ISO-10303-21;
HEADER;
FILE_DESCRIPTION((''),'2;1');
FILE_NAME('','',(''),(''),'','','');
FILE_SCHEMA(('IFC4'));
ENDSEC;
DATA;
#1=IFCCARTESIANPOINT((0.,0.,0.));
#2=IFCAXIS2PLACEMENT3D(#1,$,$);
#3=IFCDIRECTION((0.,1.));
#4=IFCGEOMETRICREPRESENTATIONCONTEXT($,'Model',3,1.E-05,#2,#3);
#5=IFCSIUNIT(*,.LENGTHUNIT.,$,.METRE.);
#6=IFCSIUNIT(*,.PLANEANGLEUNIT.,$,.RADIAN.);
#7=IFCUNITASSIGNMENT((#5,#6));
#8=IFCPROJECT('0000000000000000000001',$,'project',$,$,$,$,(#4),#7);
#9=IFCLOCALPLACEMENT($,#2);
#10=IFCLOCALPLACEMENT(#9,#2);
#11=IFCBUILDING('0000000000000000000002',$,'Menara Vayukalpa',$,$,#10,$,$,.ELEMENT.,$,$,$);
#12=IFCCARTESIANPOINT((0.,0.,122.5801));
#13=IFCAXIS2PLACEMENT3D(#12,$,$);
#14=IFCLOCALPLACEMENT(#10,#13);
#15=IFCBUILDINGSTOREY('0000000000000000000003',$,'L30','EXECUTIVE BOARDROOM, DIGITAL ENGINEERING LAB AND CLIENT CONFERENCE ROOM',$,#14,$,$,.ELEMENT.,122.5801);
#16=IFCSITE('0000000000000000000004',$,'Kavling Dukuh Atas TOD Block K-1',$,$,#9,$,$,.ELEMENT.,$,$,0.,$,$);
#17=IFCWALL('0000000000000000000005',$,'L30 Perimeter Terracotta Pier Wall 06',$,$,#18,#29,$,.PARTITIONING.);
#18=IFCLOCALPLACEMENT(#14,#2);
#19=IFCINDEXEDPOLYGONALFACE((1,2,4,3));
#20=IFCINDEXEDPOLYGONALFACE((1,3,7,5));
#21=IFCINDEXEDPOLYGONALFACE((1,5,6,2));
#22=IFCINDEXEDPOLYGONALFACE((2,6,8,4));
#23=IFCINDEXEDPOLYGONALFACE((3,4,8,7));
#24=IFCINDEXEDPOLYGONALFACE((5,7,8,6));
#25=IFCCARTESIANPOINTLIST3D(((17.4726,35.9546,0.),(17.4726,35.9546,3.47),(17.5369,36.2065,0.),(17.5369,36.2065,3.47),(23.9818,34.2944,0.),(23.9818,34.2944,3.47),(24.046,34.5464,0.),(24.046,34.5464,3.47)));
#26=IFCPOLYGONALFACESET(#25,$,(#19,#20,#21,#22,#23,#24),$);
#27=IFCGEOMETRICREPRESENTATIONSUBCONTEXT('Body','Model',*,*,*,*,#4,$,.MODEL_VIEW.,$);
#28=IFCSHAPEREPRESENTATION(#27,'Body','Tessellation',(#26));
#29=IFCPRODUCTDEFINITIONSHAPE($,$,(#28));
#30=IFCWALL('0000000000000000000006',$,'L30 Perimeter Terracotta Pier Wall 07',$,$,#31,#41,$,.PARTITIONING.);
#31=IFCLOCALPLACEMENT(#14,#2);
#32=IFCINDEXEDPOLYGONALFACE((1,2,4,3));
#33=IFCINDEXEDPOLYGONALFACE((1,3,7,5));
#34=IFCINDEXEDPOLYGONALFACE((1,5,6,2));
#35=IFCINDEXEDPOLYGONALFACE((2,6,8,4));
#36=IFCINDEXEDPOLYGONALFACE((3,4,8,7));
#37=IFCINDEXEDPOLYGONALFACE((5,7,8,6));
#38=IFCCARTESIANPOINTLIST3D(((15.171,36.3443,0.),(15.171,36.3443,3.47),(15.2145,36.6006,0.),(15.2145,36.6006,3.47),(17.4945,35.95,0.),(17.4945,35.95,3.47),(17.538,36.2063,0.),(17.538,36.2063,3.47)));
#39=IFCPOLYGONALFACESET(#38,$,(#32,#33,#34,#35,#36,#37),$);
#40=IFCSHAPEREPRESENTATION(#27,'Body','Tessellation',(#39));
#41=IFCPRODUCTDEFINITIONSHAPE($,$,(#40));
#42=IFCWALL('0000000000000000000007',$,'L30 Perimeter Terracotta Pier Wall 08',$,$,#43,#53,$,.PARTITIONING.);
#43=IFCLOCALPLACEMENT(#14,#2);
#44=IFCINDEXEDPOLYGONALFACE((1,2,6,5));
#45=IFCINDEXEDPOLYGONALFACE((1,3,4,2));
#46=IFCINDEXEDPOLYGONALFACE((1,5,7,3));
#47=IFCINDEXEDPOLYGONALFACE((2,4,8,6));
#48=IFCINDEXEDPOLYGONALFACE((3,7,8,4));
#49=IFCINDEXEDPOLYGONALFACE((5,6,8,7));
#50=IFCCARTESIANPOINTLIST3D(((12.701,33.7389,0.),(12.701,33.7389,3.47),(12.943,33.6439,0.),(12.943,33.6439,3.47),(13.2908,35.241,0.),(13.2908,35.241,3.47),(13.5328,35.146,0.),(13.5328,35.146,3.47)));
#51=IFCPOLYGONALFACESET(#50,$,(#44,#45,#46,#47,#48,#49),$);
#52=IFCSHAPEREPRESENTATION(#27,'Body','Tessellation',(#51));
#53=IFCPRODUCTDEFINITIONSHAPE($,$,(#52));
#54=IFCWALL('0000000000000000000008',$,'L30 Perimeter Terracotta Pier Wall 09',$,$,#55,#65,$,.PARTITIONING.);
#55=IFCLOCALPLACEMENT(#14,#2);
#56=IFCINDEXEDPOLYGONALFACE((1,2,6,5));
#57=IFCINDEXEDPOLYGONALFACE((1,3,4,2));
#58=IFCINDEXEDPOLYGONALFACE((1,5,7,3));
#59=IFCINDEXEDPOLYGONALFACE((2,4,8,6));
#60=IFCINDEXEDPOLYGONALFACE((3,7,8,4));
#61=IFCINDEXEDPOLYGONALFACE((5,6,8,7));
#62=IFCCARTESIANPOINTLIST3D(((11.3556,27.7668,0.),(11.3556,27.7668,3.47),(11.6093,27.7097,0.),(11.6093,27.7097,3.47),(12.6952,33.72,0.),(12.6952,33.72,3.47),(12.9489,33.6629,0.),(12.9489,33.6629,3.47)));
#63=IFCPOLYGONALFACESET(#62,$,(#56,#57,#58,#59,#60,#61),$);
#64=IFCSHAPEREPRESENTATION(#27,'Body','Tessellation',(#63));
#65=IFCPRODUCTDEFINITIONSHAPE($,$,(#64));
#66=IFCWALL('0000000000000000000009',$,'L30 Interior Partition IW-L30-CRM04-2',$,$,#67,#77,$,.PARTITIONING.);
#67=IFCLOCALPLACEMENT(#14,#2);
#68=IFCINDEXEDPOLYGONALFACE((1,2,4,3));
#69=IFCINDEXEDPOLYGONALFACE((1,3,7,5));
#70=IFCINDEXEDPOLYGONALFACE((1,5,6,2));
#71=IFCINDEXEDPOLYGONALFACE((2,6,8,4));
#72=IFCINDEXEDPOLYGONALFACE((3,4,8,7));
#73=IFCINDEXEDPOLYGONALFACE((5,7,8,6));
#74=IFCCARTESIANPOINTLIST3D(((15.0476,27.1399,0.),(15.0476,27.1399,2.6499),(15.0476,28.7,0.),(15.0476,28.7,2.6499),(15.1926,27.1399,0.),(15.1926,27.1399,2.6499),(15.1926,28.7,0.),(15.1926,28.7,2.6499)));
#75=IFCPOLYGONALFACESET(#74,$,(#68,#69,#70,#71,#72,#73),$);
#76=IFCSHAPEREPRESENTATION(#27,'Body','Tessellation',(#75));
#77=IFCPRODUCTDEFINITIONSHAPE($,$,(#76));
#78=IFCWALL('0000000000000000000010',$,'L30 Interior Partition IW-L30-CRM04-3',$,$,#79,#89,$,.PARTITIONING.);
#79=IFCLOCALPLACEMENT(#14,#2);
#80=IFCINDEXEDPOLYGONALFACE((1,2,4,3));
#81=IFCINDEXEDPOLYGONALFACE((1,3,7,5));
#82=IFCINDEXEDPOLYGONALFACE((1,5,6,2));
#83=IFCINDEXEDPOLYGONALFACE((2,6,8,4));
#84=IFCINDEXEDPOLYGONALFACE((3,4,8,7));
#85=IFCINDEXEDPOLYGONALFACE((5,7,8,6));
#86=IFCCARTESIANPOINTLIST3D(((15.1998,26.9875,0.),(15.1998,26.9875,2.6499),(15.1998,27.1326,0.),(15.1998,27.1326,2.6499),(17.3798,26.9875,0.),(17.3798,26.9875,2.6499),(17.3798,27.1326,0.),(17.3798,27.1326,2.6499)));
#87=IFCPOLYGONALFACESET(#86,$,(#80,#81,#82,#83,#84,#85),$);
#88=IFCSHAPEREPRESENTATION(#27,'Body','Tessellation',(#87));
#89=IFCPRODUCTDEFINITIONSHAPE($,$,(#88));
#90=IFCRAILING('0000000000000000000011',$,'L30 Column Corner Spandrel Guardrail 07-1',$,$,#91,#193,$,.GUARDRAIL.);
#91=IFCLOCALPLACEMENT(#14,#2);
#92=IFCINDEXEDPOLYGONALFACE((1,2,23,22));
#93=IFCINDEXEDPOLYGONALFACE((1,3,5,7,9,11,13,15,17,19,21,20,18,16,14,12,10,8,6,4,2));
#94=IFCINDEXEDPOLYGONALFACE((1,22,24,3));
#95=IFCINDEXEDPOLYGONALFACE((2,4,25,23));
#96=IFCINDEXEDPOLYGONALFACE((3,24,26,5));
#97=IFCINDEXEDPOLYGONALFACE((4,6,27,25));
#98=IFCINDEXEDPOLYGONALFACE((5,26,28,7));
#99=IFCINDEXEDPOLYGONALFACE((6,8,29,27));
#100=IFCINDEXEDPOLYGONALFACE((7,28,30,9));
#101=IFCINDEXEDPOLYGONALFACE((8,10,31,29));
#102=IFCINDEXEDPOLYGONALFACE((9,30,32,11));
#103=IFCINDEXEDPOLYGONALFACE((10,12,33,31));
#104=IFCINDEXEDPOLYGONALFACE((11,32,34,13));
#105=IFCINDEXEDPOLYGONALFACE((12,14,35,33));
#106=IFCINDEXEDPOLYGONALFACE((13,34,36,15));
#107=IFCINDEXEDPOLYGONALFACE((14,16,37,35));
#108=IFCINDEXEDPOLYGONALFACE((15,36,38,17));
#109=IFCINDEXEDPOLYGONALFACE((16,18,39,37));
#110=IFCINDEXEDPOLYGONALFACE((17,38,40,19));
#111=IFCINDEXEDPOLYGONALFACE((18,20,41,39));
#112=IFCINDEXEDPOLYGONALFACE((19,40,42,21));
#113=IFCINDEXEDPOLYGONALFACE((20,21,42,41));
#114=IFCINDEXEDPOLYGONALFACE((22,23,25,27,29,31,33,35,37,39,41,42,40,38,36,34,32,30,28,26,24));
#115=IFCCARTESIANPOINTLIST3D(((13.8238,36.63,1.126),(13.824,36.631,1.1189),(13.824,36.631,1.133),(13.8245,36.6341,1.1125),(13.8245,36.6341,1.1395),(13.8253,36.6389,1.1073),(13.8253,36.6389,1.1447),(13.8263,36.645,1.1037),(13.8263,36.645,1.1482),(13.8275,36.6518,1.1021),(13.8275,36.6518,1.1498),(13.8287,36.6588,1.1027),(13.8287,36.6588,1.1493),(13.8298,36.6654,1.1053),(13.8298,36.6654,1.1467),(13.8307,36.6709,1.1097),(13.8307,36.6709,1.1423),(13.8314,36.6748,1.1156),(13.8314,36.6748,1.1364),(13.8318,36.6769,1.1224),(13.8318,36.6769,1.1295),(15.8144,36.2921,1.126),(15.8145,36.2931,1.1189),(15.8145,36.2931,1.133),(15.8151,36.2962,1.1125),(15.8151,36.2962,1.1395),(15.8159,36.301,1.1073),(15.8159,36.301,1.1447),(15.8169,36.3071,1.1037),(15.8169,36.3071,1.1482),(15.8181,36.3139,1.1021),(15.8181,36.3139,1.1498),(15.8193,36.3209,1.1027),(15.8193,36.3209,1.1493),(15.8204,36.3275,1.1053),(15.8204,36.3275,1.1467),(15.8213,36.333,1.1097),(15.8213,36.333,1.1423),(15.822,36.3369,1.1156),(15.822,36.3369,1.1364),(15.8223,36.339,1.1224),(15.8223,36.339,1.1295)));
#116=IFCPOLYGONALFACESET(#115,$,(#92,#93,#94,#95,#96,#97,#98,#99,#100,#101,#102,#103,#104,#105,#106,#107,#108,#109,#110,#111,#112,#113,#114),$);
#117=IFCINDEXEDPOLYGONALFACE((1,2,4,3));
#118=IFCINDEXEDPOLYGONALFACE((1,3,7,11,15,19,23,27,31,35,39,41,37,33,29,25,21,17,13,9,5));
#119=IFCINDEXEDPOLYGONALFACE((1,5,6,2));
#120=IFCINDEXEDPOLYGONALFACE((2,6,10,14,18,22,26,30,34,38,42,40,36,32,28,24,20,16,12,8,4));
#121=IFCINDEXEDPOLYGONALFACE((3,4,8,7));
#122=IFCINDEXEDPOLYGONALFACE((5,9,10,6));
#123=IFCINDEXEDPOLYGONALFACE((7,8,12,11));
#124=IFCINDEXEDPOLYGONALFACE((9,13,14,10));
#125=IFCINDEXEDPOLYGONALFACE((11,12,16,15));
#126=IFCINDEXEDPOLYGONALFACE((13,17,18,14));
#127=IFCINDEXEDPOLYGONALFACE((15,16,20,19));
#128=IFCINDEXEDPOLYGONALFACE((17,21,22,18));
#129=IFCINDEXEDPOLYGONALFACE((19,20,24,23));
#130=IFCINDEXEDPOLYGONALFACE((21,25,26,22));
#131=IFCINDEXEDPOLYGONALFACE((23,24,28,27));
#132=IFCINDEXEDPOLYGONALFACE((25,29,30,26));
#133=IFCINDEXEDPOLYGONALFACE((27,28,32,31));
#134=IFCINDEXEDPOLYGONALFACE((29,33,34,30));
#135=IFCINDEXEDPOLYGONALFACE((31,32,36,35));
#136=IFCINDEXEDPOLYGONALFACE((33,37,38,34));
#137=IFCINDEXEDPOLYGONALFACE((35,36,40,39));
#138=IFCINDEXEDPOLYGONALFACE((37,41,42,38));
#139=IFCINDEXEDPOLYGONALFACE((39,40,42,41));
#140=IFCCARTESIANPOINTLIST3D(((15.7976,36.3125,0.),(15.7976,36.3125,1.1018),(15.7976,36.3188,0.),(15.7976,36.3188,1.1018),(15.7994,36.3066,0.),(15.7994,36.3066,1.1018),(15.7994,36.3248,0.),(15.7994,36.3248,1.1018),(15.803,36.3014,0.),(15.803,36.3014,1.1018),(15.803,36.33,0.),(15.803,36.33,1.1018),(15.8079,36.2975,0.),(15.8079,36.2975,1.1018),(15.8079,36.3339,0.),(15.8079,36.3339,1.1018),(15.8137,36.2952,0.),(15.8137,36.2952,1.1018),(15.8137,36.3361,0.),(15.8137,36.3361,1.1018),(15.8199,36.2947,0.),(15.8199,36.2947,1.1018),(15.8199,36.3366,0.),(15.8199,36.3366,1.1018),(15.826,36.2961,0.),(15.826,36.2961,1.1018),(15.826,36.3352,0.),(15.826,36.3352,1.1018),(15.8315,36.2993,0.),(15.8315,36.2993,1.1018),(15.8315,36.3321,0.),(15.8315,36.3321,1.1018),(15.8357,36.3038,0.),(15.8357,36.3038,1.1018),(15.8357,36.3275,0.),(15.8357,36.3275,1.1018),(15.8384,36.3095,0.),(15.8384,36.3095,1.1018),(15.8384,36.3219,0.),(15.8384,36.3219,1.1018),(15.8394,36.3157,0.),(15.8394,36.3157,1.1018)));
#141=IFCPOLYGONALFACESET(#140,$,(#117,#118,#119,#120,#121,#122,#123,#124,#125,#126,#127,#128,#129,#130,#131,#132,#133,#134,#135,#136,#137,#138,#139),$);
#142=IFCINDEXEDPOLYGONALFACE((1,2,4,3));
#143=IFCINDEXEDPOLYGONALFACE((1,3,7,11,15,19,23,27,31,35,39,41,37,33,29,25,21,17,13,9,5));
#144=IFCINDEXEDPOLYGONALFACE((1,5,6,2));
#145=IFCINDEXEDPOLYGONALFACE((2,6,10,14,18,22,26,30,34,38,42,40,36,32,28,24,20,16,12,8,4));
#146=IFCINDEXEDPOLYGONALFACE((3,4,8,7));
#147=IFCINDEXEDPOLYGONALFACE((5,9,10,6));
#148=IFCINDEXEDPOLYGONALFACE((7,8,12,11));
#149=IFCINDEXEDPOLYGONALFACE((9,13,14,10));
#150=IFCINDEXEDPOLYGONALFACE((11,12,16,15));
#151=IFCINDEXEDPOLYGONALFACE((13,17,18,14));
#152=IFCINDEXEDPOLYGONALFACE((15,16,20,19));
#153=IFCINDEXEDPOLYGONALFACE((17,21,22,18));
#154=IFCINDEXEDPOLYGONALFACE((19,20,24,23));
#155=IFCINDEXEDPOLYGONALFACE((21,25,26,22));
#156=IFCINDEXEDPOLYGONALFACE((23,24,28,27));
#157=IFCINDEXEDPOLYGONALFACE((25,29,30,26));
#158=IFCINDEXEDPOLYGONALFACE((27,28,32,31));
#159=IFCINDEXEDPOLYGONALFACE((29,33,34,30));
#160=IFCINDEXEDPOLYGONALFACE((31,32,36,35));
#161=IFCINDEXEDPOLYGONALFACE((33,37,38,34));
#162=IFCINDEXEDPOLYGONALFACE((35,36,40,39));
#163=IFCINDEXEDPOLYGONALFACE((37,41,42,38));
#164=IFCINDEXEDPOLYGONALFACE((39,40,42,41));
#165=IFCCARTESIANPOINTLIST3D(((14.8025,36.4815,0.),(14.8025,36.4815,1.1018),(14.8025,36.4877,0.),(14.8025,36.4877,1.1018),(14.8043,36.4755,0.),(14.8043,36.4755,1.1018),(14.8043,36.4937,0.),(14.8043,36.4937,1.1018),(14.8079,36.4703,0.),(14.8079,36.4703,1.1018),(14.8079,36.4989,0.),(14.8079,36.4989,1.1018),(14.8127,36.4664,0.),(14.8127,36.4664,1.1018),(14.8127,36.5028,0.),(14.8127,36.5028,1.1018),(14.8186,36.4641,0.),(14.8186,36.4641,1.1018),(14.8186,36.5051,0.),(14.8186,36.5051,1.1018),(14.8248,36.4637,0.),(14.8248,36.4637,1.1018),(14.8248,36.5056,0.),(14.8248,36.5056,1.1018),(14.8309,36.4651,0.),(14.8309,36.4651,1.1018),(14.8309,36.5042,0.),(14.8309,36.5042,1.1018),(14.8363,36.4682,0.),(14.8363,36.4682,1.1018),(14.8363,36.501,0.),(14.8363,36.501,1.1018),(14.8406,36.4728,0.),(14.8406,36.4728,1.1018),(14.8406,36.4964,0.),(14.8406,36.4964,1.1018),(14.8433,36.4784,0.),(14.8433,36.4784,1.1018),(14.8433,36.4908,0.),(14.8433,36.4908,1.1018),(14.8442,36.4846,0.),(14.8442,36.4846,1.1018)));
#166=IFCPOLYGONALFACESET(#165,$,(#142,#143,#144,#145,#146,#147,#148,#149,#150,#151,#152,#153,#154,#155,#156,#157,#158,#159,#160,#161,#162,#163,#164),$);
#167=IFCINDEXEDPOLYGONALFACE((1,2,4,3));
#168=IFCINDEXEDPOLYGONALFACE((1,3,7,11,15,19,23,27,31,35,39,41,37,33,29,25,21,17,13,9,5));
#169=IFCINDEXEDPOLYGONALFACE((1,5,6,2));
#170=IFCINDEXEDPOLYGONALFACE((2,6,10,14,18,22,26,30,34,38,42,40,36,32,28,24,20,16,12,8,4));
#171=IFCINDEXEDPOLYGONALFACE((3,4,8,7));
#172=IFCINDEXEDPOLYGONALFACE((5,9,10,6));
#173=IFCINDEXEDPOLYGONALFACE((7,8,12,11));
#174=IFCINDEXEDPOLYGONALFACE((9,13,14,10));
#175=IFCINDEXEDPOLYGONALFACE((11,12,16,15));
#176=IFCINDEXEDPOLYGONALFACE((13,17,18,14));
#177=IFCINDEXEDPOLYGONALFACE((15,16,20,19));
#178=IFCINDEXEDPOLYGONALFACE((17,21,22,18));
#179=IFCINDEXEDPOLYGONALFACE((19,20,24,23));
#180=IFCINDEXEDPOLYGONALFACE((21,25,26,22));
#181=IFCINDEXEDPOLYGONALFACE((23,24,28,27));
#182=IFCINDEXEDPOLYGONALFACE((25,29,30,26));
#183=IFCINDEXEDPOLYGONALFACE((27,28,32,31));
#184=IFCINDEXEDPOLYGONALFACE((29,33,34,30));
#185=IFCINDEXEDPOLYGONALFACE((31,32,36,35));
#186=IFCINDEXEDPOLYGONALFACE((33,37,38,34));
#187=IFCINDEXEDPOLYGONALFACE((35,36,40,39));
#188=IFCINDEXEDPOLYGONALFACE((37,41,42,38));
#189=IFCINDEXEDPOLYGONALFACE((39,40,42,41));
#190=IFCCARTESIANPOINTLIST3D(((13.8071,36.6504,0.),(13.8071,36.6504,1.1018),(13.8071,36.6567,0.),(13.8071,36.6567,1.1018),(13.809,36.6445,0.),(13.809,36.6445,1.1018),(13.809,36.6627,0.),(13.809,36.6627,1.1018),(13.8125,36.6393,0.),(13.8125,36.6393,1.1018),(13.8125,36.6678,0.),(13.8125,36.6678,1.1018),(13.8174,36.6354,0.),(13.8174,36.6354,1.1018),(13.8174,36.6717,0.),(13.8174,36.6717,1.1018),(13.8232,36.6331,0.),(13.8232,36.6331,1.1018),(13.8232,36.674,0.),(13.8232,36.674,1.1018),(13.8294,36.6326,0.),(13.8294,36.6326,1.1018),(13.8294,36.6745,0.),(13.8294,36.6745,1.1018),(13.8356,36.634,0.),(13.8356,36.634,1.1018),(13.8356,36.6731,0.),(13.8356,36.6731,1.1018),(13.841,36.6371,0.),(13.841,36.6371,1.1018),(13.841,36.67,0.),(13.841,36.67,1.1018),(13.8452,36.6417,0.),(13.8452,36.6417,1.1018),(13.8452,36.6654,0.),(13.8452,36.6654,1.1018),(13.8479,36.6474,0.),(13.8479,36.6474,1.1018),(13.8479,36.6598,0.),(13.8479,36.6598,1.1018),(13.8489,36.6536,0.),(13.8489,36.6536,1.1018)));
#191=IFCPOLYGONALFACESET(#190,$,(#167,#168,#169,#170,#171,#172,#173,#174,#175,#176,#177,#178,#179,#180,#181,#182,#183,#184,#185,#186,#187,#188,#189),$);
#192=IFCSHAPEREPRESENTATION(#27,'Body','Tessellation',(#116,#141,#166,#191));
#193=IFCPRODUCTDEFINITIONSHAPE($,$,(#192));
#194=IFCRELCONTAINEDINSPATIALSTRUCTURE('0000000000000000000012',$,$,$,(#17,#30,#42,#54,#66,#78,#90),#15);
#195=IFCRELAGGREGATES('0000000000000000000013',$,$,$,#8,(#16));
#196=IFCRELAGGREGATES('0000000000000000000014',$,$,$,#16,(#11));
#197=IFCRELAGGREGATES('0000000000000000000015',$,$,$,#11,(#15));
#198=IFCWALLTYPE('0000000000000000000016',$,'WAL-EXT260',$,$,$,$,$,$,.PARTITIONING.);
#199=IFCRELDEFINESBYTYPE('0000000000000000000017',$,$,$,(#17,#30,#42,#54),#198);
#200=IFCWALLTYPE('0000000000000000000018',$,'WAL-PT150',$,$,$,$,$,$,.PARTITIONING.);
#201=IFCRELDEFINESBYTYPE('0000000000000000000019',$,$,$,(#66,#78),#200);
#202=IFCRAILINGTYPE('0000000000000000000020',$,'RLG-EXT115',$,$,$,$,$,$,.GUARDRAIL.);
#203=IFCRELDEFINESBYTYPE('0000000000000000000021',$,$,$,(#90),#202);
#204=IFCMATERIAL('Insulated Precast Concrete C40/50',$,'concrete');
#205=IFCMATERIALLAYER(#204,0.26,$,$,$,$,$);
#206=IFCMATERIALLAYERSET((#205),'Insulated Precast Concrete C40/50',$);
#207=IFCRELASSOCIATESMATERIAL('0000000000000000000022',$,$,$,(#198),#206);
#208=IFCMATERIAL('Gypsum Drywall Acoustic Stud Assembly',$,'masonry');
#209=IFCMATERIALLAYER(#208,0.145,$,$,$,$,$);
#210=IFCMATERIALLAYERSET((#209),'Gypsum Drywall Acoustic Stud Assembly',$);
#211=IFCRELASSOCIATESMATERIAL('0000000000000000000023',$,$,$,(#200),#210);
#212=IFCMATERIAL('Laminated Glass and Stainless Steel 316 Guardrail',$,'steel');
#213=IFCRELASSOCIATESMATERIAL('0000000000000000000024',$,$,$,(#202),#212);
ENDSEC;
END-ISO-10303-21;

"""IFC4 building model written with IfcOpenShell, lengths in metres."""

from ifc_helpers import new_model, si_unit, direction, frame, frame_2d, origin, origin_2d, place, context, subcontext, project, spatial, rectangle, circle, extrude, material, layer, layer_set, type_object, element, save


model = new_model("IFC4")

# Units and contexts
model_context = context("Model", 3, precision=1e-05, world=origin(), true_north=direction((0.0, 1.0)))
body_context = subcontext(model_context, "Body", "Model", "MODEL_VIEW")
ifc_project = project(units=[si_unit("LENGTHUNIT", "METRE"), si_unit("PLANEANGLEUNIT", "RADIAN")], contexts=[model_context])

# Site, building, storey
site_placement = place(None, origin())
site = spatial("IfcSite", under=ifc_project, at=site_placement, Name="Kavling Dukuh Atas TOD Block K-1", CompositionType="ELEMENT", RefElevation=0.0)
building_placement = place(site_placement, origin())
building = spatial("IfcBuilding", under=site, at=building_placement, Name="Menara Vayukalpa", CompositionType="ELEMENT")
storey_placement = place(building_placement, frame((0.0, 0.0, 122.5801)))
storey = spatial("IfcBuildingStorey", under=building, at=storey_placement, Name="L30", Description="EXECUTIVE BOARDROOM, DIGITAL ENGINEERING LAB AND CLIENT CONFERENCE ROOM", CompositionType="ELEMENT", Elevation=122.5801)

# Walls
ifc_material_1 = material(Name="Insulated Precast Concrete C40/50", Category="concrete")
ifc_layer_1 = layer(ifc_material_1, 0.26)
ifc_layer_set_1 = layer_set([ifc_layer_1], Name="Insulated Precast Concrete C40/50")
wall_type_1 = type_object("IfcWallType", Name="WAL-EXT260", PredefinedType="PARTITIONING", material=ifc_layer_set_1)
wall_1_placement = place(storey_placement, frame((17.5046, 36.0806, 0.0), z_axis=(0.0, 0.0, 1.0), x_axis=(0.968981, -0.247134, 0.0)))
element("IfcWall", 1, at=wall_1_placement, inside=storey, type_object=wall_type_1, Name="L30 Perimeter Terracotta Pier Wall 06", PredefinedType="PARTITIONING", context=body_context, shape_type="SweptSolid", body=[
    extrude(rectangle(XDim=6.7175, YDim=0.26, at=frame_2d((3.3589, 0.0))), origin(), (0.0, 0.0, 1.0), 3.47),
])
wall_2_placement = place(storey_placement, frame((15.1929, 36.4724, 0.0), z_axis=(0.0, 0.0, 1.0), x_axis=(0.985905, -0.167305, 0.0)))
element("IfcWall", 2, at=wall_2_placement, inside=storey, type_object=wall_type_1, Name="L30 Perimeter Terracotta Pier Wall 07", PredefinedType="PARTITIONING", context=body_context, shape_type="SweptSolid", body=[
    extrude(rectangle(XDim=2.3567, YDim=0.26, at=frame_2d((1.1782, 0.0))), origin(), (0.0, 0.0, 1.0), 3.47),
])
wall_3_placement = place(storey_placement, frame((12.822, 33.6914, 0.0), z_axis=(0.0, 0.0, 1.0), x_axis=(0.365489, 0.930816, 0.0)))
element("IfcWall", 3, at=wall_3_placement, inside=storey, type_object=wall_type_1, Name="L30 Perimeter Terracotta Pier Wall 08", PredefinedType="PARTITIONING", context=body_context, shape_type="SweptSolid", body=[
    extrude(rectangle(XDim=1.6138, YDim=0.26, at=frame_2d((0.8069, 0.0))), origin(), (0.0, 0.0, 1.0), 3.47),
])
wall_4_placement = place(storey_placement, frame((11.4824, 27.7383, 0.0), z_axis=(0.0, 0.0, 1.0), x_axis=(0.219535, 0.975605, 0.0)))
element("IfcWall", 4, at=wall_4_placement, inside=storey, type_object=wall_type_1, Name="L30 Perimeter Terracotta Pier Wall 09", PredefinedType="PARTITIONING", context=body_context, shape_type="SweptSolid", body=[
    extrude(rectangle(XDim=6.1021, YDim=0.26, at=frame_2d((3.051, 0.0))), origin(), (0.0, 0.0, 1.0), 3.47),
])
ifc_material_2 = material(Name="Gypsum Drywall Acoustic Stud Assembly", Category="masonry")
ifc_layer_2 = layer(ifc_material_2, 0.145)
ifc_layer_set_2 = layer_set([ifc_layer_2], Name="Gypsum Drywall Acoustic Stud Assembly")
wall_type_2 = type_object("IfcWallType", Name="WAL-PT150", PredefinedType="PARTITIONING", material=ifc_layer_set_2)
wall_5_placement = place(storey_placement, frame((15.1201, 28.7, 0.0), z_axis=(0.0, 0.0, 1.0), x_axis=(0.0, -1.0, 0.0)))
element("IfcWall", 5, at=wall_5_placement, inside=storey, type_object=wall_type_2, Name="L30 Interior Partition IW-L30-CRM04-2", PredefinedType="PARTITIONING", context=body_context, shape_type="SweptSolid", body=[
    extrude(rectangle(XDim=1.5601, YDim=0.145, at=frame_2d((0.78, 0.0))), origin(), (0.0, 0.0, 1.0), 2.6499),
])
wall_6_placement = place(storey_placement, frame((15.2, 27.0601, 0.0), z_axis=(0.0, 0.0, 1.0), x_axis=(1.0, 0.0, 0.0)))
element("IfcWall", 6, at=wall_6_placement, inside=storey, type_object=wall_type_2, Name="L30 Interior Partition IW-L30-CRM04-3", PredefinedType="PARTITIONING", context=body_context, shape_type="SweptSolid", body=[
    extrude(rectangle(XDim=2.1799, YDim=0.145, at=frame_2d((1.0898, 0.0))), origin(), (0.0, 0.0, 1.0), 2.6499),
])

# Railing
ifc_material_3 = material(Name="Laminated Glass and Stainless Steel 316 Guardrail", Category="steel")
railing_type = type_object("IfcRailingType", Name="RLG-EXT115", PredefinedType="GUARDRAIL", material=ifc_material_3)
railing_1_placement = place(storey_placement, frame((15.8184, 36.3157, 0.0)))
element("IfcRailing", 7, at=railing_1_placement, inside=storey, type_object=railing_type, Name="L30 Column Corner Spandrel Guardrail 07-1", PredefinedType="GUARDRAIL", context=body_context, shape_type="SweptSolid", body=[
    extrude(circle(Radius=0.0239, at=origin_2d()), frame((0.0, 0.0, 1.126), z_axis=(-0.985896, 0.167359, 0.0), x_axis=(-0.167359, -0.985896, 0.0)), (0.0, 0.0, 1.0), 2.019),
    extrude(circle(Radius=0.021, at=origin_2d()), origin(), (0.0, 0.0, 1.0), 1.1018),
    extrude(circle(Radius=0.021, at=origin_2d()), frame((-0.9951, 0.1689, 0.0)), (0.0, 0.0, 1.0), 1.1018),
    extrude(circle(Radius=0.021, at=origin_2d()), frame((-1.9905, 0.3379, 0.0)), (0.0, 0.0, 1.0), 1.1018),
])

save(model, "model.ifc")
